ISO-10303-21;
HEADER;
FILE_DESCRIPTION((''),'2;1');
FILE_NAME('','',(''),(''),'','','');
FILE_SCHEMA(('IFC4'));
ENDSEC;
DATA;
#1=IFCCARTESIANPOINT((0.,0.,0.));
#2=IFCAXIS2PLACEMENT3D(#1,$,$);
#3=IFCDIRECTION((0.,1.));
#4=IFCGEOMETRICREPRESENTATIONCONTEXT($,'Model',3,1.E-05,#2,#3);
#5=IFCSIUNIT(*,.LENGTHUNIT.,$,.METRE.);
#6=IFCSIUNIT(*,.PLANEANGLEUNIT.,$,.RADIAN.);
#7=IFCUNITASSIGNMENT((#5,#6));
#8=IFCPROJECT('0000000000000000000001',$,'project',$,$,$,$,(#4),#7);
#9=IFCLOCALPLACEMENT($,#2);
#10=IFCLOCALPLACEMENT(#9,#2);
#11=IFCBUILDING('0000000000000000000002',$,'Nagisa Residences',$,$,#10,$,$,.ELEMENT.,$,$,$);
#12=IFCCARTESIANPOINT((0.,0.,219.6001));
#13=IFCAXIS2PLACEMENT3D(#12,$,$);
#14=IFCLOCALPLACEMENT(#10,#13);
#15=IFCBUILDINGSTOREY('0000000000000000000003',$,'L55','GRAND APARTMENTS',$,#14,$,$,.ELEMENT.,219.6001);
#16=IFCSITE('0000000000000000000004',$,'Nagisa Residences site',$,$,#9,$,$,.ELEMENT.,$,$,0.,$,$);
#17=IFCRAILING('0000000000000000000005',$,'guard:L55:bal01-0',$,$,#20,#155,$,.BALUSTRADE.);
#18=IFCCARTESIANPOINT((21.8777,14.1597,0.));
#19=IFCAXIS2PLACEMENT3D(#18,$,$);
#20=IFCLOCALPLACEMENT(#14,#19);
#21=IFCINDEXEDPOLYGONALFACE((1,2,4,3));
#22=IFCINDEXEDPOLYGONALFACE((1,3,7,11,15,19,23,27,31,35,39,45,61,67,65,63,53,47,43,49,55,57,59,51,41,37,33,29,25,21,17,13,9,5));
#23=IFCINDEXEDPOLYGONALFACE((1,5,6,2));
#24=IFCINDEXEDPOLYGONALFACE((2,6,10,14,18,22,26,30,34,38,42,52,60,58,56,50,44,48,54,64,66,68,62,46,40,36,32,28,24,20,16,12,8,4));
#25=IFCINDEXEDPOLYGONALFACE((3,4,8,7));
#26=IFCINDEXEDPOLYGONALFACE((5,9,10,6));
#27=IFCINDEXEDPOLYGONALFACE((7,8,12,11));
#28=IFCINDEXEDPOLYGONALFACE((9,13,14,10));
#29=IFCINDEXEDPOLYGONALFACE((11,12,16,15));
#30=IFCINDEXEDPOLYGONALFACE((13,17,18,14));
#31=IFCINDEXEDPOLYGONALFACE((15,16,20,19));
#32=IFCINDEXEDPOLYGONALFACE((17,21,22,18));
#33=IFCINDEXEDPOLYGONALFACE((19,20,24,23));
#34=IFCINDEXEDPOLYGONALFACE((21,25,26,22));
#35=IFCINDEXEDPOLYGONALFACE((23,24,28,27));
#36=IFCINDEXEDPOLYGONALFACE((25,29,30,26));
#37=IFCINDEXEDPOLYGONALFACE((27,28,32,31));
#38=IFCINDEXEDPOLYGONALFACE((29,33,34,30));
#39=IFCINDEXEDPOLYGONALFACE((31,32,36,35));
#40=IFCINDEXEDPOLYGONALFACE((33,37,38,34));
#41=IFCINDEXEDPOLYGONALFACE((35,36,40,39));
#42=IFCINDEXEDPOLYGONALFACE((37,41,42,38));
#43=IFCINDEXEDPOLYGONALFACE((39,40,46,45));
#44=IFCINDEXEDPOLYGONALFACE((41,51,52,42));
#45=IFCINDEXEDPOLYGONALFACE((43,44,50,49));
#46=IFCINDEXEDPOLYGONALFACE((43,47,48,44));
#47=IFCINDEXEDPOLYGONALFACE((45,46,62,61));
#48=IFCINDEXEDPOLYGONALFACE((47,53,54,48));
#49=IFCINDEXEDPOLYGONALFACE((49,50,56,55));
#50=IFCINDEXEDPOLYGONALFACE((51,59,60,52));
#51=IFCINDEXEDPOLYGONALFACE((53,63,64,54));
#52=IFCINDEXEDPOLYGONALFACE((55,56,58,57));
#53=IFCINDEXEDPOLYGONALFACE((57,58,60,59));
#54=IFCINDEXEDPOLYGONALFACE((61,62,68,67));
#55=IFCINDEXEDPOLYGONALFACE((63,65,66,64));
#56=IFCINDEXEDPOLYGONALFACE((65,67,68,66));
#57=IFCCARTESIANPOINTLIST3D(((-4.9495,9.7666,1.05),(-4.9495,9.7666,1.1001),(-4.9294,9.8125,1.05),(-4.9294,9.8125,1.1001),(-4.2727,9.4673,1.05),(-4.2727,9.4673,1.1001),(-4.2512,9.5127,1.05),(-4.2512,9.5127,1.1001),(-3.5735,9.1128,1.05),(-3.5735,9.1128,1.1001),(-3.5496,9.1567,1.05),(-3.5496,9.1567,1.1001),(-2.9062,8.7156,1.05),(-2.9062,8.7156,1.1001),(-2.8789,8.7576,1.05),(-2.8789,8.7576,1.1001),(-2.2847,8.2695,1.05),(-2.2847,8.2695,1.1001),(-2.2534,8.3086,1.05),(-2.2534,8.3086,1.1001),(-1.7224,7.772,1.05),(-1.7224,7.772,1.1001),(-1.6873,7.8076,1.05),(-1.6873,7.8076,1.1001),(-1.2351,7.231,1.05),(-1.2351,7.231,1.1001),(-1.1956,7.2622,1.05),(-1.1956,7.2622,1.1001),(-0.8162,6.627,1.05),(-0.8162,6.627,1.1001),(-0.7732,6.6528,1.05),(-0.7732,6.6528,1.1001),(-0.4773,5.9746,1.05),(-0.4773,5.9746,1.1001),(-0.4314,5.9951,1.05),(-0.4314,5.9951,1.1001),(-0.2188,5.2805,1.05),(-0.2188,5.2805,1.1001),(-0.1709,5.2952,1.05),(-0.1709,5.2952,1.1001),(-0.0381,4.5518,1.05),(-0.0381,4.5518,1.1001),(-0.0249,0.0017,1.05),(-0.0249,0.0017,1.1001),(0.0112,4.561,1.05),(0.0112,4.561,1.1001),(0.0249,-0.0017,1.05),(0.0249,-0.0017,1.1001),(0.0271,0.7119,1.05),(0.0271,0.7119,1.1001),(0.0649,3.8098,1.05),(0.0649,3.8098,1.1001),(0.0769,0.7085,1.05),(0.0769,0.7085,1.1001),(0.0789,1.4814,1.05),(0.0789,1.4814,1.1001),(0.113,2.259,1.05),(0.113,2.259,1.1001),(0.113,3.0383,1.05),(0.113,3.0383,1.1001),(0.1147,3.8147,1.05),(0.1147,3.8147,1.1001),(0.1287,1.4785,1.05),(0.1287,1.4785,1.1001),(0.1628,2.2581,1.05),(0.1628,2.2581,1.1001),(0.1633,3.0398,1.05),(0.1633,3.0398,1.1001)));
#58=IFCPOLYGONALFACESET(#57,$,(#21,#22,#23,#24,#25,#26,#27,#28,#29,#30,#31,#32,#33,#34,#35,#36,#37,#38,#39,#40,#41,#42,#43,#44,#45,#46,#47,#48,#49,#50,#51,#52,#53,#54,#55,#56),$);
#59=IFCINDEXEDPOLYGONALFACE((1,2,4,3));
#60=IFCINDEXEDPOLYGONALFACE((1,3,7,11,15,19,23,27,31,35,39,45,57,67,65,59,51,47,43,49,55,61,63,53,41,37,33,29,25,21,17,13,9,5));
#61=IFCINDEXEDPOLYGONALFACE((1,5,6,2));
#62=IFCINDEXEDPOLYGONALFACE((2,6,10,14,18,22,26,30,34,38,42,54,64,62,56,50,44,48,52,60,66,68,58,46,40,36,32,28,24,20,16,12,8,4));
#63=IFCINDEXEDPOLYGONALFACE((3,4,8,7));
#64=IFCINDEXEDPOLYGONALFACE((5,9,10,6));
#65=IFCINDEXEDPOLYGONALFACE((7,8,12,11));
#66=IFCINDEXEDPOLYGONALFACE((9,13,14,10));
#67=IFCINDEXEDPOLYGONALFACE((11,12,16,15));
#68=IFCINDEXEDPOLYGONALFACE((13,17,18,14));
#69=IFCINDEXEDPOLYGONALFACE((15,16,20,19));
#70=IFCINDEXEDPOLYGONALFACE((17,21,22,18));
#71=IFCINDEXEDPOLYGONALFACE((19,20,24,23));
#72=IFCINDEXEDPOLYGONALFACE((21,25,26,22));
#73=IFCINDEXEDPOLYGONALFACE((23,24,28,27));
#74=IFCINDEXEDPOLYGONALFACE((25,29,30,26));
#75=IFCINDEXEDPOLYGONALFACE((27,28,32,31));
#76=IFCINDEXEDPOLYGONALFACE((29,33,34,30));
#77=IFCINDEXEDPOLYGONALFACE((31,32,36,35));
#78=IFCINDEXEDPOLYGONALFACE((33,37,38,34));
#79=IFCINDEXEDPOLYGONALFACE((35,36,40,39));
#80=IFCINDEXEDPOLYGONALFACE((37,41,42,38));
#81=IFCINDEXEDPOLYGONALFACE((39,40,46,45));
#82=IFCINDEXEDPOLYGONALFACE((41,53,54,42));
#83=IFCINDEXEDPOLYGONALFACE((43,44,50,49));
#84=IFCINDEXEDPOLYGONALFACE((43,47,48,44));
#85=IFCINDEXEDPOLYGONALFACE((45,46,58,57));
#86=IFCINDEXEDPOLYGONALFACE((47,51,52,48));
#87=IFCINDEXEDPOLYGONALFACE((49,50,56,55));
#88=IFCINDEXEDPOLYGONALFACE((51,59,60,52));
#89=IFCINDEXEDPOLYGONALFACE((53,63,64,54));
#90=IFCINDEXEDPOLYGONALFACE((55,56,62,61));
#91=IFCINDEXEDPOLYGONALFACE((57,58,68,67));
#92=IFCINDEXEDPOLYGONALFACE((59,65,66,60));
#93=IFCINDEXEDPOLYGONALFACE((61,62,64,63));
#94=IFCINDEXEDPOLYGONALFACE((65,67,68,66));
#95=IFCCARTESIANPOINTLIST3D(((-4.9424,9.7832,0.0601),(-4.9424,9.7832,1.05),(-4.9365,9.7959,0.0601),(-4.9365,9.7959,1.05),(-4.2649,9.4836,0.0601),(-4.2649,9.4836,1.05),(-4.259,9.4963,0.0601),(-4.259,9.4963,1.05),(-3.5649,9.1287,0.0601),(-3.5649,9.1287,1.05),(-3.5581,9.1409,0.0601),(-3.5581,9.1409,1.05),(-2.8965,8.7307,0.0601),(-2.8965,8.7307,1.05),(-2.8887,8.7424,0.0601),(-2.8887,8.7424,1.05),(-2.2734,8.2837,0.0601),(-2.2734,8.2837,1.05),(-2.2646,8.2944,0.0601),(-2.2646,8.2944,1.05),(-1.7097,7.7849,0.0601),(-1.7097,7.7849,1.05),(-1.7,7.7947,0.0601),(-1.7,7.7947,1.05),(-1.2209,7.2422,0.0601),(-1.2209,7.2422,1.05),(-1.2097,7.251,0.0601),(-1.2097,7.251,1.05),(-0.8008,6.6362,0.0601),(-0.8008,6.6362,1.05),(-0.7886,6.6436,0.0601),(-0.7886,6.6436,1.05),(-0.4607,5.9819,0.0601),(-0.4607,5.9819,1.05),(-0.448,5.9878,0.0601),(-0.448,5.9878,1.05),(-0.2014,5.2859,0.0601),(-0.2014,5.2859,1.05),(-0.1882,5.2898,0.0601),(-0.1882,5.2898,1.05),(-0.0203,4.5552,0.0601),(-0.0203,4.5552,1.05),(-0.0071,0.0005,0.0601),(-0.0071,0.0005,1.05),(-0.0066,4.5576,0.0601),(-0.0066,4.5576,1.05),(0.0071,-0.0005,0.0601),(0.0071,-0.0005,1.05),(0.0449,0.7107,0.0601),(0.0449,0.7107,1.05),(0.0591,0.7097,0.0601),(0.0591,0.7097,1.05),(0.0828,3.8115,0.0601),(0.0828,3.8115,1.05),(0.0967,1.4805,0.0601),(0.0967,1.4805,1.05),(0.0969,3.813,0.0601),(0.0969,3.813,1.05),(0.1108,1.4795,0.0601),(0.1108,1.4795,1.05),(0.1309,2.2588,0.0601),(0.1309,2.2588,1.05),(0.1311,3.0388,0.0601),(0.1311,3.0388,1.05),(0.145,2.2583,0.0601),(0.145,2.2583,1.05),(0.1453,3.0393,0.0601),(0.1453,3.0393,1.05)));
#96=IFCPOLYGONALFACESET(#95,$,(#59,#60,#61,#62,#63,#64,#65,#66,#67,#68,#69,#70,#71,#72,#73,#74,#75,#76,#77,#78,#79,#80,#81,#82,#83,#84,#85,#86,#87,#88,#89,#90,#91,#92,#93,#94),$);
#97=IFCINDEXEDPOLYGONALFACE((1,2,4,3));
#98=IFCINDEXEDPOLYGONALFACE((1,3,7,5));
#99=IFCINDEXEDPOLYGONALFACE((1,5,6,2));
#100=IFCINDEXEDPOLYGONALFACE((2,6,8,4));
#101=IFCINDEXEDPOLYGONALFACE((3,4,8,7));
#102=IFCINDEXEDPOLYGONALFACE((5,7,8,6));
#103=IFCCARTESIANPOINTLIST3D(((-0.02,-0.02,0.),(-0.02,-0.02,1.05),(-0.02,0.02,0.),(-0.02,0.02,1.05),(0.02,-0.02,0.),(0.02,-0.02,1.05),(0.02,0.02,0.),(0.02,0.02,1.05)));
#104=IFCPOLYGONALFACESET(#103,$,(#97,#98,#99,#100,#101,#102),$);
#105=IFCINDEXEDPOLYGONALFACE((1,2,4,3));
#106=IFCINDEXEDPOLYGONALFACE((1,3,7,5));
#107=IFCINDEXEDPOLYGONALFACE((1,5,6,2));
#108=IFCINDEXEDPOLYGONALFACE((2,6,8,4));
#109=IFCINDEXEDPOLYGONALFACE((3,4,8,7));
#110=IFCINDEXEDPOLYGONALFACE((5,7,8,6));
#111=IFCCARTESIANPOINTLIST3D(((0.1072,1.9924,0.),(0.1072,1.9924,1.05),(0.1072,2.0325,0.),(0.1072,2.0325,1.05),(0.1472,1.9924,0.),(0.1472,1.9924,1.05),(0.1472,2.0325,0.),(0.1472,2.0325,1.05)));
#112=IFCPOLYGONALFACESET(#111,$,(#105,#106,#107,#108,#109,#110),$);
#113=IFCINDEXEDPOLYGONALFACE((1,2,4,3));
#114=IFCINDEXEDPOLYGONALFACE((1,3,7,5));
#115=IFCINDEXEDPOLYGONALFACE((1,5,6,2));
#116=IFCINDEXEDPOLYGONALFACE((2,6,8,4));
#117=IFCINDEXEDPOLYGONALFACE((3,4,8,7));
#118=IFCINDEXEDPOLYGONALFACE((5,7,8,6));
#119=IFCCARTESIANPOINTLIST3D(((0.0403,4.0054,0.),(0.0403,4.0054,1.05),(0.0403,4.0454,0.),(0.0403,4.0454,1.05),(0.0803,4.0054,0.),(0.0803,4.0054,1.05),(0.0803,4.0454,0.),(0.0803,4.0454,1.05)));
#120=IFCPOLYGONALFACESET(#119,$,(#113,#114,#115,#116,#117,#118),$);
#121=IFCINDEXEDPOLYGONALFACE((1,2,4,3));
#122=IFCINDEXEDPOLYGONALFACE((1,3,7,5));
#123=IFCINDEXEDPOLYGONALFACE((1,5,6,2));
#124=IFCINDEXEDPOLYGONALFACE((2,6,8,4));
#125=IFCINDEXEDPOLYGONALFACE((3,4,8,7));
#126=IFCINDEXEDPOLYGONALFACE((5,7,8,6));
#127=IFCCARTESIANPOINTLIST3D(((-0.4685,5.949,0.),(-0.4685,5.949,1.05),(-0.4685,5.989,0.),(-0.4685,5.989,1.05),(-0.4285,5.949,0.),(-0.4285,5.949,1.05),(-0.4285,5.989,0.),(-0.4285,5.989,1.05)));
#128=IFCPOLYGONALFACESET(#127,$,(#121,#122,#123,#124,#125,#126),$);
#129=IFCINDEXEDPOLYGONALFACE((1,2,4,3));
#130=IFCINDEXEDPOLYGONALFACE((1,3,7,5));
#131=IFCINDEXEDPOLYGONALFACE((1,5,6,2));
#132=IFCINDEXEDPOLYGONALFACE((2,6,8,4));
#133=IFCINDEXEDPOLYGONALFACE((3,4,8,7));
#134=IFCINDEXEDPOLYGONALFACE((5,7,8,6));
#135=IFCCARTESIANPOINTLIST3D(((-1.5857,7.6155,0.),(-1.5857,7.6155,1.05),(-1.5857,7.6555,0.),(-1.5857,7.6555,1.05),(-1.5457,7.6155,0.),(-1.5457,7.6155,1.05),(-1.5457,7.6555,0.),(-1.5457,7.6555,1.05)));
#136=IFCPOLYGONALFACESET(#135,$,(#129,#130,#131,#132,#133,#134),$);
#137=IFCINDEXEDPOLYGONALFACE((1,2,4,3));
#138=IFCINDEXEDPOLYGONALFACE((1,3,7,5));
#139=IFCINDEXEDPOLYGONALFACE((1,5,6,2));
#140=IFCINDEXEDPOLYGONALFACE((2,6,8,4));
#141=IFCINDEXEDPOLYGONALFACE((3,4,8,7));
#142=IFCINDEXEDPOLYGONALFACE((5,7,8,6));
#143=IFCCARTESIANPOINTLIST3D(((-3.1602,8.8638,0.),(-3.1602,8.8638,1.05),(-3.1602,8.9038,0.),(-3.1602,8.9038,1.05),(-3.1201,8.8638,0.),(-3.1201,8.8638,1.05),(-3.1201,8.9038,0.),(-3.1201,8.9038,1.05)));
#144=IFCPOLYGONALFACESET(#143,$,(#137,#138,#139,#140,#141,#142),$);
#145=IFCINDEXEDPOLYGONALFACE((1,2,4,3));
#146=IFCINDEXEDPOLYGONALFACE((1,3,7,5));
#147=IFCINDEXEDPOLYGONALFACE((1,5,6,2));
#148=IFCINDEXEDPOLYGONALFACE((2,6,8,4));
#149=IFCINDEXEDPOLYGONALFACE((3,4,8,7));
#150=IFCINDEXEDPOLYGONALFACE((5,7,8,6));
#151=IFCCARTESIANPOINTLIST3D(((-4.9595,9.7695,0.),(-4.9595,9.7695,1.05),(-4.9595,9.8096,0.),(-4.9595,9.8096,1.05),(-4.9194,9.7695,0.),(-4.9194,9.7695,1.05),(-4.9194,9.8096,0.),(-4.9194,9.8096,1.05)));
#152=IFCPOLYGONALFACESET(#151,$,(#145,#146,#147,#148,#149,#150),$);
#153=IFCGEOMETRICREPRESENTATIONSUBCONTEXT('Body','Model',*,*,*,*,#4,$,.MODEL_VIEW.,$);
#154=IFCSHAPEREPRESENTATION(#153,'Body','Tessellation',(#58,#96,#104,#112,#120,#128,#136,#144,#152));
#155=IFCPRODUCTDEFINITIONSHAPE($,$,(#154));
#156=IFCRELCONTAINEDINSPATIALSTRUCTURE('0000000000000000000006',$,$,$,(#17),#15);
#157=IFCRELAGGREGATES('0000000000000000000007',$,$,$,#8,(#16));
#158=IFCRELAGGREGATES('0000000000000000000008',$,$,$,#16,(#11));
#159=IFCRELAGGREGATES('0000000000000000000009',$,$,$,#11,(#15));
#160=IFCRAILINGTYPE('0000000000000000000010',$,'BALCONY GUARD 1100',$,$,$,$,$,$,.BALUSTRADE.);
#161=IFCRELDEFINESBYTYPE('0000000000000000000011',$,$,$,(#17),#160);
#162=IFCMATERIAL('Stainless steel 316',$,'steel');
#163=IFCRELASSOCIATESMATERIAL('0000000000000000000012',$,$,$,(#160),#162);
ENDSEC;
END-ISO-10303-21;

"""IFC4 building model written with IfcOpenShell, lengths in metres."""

from ifc_helpers import new_model, si_unit, direction, frame, origin, origin_2d, place, context, subcontext, project, spatial, polyline, rectangle, outline, extrude, material, type_object, element, save


model = new_model("IFC4")

# Units and contexts
model_context = context("Model", 3, precision=1e-05, world=origin(), true_north=direction((0.0, 1.0)))
body_context = subcontext(model_context, "Body", "Model", "MODEL_VIEW")
ifc_project = project(units=[si_unit("LENGTHUNIT", "METRE"), si_unit("PLANEANGLEUNIT", "RADIAN")], contexts=[model_context])

# Site, building, storey
site_placement = place(None, origin())
site = spatial("IfcSite", under=ifc_project, at=site_placement, Name="Nagisa Residences site", CompositionType="ELEMENT", RefElevation=0.0)
building_placement = place(site_placement, origin())
building = spatial("IfcBuilding", under=site, at=building_placement, Name="Nagisa Residences", CompositionType="ELEMENT")
storey_placement = place(building_placement, frame((0.0, 0.0, 219.6001)))
storey = spatial("IfcBuildingStorey", under=building, at=storey_placement, Name="L55", Description="GRAND APARTMENTS", CompositionType="ELEMENT", Elevation=219.6001)

# Railing
ifc_material_1 = material(Name="Stainless steel 316", Category="steel")
railing_type = type_object("IfcRailingType", Name="BALCONY GUARD 1100", PredefinedType="BALUSTRADE", material=ifc_material_1)
railing_1_placement = place(storey_placement, frame((21.8777, 14.1597, 0.0)))
element("IfcRailing", 1, at=railing_1_placement, inside=storey, type_object=railing_type, Name="guard:L55:bal01-0", PredefinedType="BALUSTRADE", context=body_context, shape_type="SweptSolid", body=[
    extrude(outline(polyline([(0.0271, 0.7119), (-0.0249, 0.0017), (0.0249, -0.0017), (0.0769, 0.7085), (0.1287, 1.4785), (0.1628, 2.2581), (0.1633, 3.0398), (0.1147, 3.8147), (0.0112, 4.561), (-0.1709, 5.2952), (-0.4314, 5.9951), (-0.7732, 6.6528), (-1.1956, 7.2622), (-1.6873, 7.8076), (-2.2534, 8.3086), (-2.8789, 8.7576), (-3.5496, 9.1567), (-4.2512, 9.5127), (-4.9294, 9.8125), (-4.9495, 9.7666), (-4.2727, 9.4673), (-3.5735, 9.1128), (-2.9062, 8.7156), (-2.2847, 8.2695), (-1.7224, 7.772), (-1.2351, 7.231), (-0.8162, 6.627), (-0.4773, 5.9746), (-0.2188, 5.2805), (-0.0381, 4.5518), (0.0649, 3.8098), (0.113, 3.0383), (0.113, 2.259), (0.0789, 1.4814), (0.0271, 0.7119)])), frame((0.0, 0.0, 1.05)), (0.0, 0.0, 1.0), 0.05),
    extrude(outline(polyline([(0.0449, 0.7107), (-0.0071, 0.0005), (0.0071, -0.0005), (0.0591, 0.7097), (0.1108, 1.4795), (0.145, 2.2583), (0.1453, 3.0393), (0.0969, 3.813), (-0.0066, 4.5576), (-0.1882, 5.2898), (-0.448, 5.9878), (-0.7886, 6.6436), (-1.2097, 7.251), (-1.7, 7.7947), (-2.2646, 8.2944), (-2.8887, 8.7424), (-3.5581, 9.1409), (-4.259, 9.4963), (-4.9365, 9.7959), (-4.9424, 9.7832), (-4.2649, 9.4836), (-3.5649, 9.1287), (-2.8965, 8.7307), (-2.2734, 8.2837), (-1.7097, 7.7849), (-1.2209, 7.2422), (-0.8008, 6.6362), (-0.4607, 5.9819), (-0.2014, 5.2859), (-0.0203, 4.5552), (0.0828, 3.8115), (0.1311, 3.0388), (0.1309, 2.2588), (0.0967, 1.4805), (0.0449, 0.7107)])), frame((0.0, 0.0, 0.0601)), (0.0, 0.0, 1.0), 0.99),
    extrude(rectangle(XDim=0.04, YDim=0.04, at=origin_2d()), origin(), (0.0, 0.0, 1.0), 1.05),
    extrude(rectangle(XDim=0.04, YDim=0.04, at=origin_2d()), frame((0.1272, 2.0125, 0.0)), (0.0, 0.0, 1.0), 1.05),
    extrude(rectangle(XDim=0.04, YDim=0.04, at=origin_2d()), frame((0.0603, 4.0254, 0.0)), (0.0, 0.0, 1.0), 1.05),
    extrude(rectangle(XDim=0.04, YDim=0.04, at=origin_2d()), frame((-0.4485, 5.969, 0.0)), (0.0, 0.0, 1.0), 1.05),
    extrude(rectangle(XDim=0.04, YDim=0.04, at=origin_2d()), frame((-1.5657, 7.6355, 0.0)), (0.0, 0.0, 1.0), 1.05),
    extrude(rectangle(XDim=0.04, YDim=0.04, at=origin_2d()), frame((-3.1401, 8.8838, 0.0)), (0.0, 0.0, 1.0), 1.05),
    extrude(rectangle(XDim=0.04, YDim=0.04, at=origin_2d()), frame((-4.9395, 9.7896, 0.0)), (0.0, 0.0, 1.0), 1.05),
])

save(model, "model.ifc")
